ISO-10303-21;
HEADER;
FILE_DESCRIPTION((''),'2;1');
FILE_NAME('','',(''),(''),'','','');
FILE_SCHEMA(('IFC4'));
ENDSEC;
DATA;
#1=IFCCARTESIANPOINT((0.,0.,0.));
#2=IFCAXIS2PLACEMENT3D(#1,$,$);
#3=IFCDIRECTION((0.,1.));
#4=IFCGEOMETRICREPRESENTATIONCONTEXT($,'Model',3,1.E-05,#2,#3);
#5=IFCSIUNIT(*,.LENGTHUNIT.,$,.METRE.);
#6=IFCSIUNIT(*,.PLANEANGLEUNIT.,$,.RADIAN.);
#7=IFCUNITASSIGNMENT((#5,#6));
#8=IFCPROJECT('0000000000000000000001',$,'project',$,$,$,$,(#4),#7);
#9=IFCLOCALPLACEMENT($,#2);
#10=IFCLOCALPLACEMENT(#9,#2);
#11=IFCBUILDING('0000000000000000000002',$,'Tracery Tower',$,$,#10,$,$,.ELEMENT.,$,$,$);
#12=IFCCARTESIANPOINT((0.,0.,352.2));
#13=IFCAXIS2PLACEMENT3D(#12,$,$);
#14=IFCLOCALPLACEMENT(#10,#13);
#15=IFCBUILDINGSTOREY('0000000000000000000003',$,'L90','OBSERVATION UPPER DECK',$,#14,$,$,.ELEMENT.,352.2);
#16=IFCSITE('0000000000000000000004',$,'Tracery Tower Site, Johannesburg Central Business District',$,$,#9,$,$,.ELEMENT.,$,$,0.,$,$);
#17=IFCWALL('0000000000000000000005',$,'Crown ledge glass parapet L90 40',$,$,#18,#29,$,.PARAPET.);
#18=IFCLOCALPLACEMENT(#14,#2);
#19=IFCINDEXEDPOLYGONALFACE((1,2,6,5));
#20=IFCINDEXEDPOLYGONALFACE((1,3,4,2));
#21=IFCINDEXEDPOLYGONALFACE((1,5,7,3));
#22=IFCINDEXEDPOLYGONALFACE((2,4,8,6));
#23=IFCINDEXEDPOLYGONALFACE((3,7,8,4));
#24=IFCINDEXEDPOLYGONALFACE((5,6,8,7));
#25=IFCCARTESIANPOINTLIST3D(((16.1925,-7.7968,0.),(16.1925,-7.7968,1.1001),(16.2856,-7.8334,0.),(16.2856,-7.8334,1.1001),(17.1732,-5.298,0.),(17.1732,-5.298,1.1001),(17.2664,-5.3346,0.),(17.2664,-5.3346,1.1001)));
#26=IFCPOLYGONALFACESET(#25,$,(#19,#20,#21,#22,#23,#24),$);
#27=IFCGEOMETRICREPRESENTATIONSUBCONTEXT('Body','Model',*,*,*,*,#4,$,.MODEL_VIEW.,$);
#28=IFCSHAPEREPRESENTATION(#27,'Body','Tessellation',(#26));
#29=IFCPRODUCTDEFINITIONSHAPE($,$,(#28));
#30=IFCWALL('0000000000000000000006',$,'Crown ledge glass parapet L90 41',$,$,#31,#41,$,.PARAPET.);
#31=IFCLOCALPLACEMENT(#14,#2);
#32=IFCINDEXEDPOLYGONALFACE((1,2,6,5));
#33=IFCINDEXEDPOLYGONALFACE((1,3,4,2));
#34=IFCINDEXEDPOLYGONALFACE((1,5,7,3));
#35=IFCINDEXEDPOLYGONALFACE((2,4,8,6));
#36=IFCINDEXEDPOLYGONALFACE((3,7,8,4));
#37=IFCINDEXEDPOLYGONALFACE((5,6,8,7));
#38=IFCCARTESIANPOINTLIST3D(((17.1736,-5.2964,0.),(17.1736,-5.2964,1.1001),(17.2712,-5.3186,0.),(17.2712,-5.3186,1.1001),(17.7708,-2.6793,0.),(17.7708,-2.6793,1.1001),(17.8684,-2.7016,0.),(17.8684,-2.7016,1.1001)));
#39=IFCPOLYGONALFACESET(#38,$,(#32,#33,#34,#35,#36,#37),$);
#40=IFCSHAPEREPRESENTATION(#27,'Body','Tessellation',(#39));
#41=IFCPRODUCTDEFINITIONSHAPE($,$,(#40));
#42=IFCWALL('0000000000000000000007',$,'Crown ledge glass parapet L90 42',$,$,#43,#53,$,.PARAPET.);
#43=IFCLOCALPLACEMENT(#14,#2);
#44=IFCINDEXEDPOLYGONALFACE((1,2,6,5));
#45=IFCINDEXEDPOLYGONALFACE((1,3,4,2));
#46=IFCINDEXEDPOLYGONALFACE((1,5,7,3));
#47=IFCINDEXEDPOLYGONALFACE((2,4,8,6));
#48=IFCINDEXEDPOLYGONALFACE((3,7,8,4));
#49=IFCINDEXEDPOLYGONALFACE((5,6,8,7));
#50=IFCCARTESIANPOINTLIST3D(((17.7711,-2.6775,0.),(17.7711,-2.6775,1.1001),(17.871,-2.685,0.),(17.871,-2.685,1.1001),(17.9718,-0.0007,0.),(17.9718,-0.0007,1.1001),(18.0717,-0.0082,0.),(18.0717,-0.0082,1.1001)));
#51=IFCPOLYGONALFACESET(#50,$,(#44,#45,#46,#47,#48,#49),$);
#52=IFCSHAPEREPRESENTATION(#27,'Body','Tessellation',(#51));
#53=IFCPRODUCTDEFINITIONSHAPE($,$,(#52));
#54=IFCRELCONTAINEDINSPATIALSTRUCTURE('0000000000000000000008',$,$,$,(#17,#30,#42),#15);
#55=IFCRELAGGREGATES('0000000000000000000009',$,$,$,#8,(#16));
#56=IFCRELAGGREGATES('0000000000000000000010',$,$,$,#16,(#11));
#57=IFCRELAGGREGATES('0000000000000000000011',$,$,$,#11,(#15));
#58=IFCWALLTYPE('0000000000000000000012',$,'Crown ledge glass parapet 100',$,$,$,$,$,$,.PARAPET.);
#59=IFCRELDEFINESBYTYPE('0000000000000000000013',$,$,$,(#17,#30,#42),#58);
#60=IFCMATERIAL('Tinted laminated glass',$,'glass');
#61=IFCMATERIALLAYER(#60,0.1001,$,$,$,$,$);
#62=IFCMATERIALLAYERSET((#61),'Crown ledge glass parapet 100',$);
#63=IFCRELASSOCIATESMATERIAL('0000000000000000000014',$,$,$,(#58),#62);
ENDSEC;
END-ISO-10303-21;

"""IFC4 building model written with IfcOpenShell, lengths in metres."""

from ifc_helpers import new_model, si_unit, direction, frame, frame_2d, origin, place, context, subcontext, project, spatial, rectangle, extrude, material, layer, layer_set, type_object, element, save


model = new_model("IFC4")

# Units and contexts
model_context = context("Model", 3, precision=1e-05, world=origin(), true_north=direction((0.0, 1.0)))
body_context = subcontext(model_context, "Body", "Model", "MODEL_VIEW")
ifc_project = project(units=[si_unit("LENGTHUNIT", "METRE"), si_unit("PLANEANGLEUNIT", "RADIAN")], contexts=[model_context])

# Site, building, storey
site_placement = place(None, origin())
site = spatial("IfcSite", under=ifc_project, at=site_placement, Name="Tracery Tower Site, Johannesburg Central Business District", CompositionType="ELEMENT", RefElevation=0.0)
building_placement = place(site_placement, origin())
building = spatial("IfcBuilding", under=site, at=building_placement, Name="Tracery Tower", CompositionType="ELEMENT")
storey_placement = place(building_placement, frame((0.0, 0.0, 352.2)))
storey = spatial("IfcBuildingStorey", under=building, at=storey_placement, Name="L90", Description="OBSERVATION UPPER DECK", CompositionType="ELEMENT", Elevation=352.2)

# Walls
ifc_material_1 = material(Name="Tinted laminated glass", Category="glass")
ifc_layer_1 = layer(ifc_material_1, 0.1001)
ifc_layer_set_1 = layer_set([ifc_layer_1], Name="Crown ledge glass parapet 100")
wall_type_1 = type_object("IfcWallType", Name="Crown ledge glass parapet 100", PredefinedType="PARAPET", material=ifc_layer_set_1)
for number, where, z_axis, x_axis, name in (
    (1, (16.239, -7.8152, 0.0), (0.0, 0.0, 1.0), (0.365346, 0.930872, 0.0), "Crown ledge glass parapet L90 40"),
    (2, (17.2224, -5.3076, 0.0), (0.0, 0.0, 1.0), (0.222474, 0.974939, 0.0), "Crown ledge glass parapet L90 41"),
    (3, (17.821, -2.6814, 0.0), (0.0, 0.0, 1.0), (0.074763, 0.997201, 0.0), "Crown ledge glass parapet L90 42"),
):
    element("IfcWall", number, at=place(storey_placement, frame(where, z_axis=z_axis, x_axis=x_axis)), inside=storey, type_object=wall_type_1, Name=name, PredefinedType="PARAPET", context=body_context, shape_type="SweptSolid", body=[
        extrude(rectangle(XDim=2.6843, YDim=0.1001, at=frame_2d((1.3423, 0.0))), origin(), (0.0, 0.0, 1.0), 1.1001),
    ])

save(model, "model.ifc")
